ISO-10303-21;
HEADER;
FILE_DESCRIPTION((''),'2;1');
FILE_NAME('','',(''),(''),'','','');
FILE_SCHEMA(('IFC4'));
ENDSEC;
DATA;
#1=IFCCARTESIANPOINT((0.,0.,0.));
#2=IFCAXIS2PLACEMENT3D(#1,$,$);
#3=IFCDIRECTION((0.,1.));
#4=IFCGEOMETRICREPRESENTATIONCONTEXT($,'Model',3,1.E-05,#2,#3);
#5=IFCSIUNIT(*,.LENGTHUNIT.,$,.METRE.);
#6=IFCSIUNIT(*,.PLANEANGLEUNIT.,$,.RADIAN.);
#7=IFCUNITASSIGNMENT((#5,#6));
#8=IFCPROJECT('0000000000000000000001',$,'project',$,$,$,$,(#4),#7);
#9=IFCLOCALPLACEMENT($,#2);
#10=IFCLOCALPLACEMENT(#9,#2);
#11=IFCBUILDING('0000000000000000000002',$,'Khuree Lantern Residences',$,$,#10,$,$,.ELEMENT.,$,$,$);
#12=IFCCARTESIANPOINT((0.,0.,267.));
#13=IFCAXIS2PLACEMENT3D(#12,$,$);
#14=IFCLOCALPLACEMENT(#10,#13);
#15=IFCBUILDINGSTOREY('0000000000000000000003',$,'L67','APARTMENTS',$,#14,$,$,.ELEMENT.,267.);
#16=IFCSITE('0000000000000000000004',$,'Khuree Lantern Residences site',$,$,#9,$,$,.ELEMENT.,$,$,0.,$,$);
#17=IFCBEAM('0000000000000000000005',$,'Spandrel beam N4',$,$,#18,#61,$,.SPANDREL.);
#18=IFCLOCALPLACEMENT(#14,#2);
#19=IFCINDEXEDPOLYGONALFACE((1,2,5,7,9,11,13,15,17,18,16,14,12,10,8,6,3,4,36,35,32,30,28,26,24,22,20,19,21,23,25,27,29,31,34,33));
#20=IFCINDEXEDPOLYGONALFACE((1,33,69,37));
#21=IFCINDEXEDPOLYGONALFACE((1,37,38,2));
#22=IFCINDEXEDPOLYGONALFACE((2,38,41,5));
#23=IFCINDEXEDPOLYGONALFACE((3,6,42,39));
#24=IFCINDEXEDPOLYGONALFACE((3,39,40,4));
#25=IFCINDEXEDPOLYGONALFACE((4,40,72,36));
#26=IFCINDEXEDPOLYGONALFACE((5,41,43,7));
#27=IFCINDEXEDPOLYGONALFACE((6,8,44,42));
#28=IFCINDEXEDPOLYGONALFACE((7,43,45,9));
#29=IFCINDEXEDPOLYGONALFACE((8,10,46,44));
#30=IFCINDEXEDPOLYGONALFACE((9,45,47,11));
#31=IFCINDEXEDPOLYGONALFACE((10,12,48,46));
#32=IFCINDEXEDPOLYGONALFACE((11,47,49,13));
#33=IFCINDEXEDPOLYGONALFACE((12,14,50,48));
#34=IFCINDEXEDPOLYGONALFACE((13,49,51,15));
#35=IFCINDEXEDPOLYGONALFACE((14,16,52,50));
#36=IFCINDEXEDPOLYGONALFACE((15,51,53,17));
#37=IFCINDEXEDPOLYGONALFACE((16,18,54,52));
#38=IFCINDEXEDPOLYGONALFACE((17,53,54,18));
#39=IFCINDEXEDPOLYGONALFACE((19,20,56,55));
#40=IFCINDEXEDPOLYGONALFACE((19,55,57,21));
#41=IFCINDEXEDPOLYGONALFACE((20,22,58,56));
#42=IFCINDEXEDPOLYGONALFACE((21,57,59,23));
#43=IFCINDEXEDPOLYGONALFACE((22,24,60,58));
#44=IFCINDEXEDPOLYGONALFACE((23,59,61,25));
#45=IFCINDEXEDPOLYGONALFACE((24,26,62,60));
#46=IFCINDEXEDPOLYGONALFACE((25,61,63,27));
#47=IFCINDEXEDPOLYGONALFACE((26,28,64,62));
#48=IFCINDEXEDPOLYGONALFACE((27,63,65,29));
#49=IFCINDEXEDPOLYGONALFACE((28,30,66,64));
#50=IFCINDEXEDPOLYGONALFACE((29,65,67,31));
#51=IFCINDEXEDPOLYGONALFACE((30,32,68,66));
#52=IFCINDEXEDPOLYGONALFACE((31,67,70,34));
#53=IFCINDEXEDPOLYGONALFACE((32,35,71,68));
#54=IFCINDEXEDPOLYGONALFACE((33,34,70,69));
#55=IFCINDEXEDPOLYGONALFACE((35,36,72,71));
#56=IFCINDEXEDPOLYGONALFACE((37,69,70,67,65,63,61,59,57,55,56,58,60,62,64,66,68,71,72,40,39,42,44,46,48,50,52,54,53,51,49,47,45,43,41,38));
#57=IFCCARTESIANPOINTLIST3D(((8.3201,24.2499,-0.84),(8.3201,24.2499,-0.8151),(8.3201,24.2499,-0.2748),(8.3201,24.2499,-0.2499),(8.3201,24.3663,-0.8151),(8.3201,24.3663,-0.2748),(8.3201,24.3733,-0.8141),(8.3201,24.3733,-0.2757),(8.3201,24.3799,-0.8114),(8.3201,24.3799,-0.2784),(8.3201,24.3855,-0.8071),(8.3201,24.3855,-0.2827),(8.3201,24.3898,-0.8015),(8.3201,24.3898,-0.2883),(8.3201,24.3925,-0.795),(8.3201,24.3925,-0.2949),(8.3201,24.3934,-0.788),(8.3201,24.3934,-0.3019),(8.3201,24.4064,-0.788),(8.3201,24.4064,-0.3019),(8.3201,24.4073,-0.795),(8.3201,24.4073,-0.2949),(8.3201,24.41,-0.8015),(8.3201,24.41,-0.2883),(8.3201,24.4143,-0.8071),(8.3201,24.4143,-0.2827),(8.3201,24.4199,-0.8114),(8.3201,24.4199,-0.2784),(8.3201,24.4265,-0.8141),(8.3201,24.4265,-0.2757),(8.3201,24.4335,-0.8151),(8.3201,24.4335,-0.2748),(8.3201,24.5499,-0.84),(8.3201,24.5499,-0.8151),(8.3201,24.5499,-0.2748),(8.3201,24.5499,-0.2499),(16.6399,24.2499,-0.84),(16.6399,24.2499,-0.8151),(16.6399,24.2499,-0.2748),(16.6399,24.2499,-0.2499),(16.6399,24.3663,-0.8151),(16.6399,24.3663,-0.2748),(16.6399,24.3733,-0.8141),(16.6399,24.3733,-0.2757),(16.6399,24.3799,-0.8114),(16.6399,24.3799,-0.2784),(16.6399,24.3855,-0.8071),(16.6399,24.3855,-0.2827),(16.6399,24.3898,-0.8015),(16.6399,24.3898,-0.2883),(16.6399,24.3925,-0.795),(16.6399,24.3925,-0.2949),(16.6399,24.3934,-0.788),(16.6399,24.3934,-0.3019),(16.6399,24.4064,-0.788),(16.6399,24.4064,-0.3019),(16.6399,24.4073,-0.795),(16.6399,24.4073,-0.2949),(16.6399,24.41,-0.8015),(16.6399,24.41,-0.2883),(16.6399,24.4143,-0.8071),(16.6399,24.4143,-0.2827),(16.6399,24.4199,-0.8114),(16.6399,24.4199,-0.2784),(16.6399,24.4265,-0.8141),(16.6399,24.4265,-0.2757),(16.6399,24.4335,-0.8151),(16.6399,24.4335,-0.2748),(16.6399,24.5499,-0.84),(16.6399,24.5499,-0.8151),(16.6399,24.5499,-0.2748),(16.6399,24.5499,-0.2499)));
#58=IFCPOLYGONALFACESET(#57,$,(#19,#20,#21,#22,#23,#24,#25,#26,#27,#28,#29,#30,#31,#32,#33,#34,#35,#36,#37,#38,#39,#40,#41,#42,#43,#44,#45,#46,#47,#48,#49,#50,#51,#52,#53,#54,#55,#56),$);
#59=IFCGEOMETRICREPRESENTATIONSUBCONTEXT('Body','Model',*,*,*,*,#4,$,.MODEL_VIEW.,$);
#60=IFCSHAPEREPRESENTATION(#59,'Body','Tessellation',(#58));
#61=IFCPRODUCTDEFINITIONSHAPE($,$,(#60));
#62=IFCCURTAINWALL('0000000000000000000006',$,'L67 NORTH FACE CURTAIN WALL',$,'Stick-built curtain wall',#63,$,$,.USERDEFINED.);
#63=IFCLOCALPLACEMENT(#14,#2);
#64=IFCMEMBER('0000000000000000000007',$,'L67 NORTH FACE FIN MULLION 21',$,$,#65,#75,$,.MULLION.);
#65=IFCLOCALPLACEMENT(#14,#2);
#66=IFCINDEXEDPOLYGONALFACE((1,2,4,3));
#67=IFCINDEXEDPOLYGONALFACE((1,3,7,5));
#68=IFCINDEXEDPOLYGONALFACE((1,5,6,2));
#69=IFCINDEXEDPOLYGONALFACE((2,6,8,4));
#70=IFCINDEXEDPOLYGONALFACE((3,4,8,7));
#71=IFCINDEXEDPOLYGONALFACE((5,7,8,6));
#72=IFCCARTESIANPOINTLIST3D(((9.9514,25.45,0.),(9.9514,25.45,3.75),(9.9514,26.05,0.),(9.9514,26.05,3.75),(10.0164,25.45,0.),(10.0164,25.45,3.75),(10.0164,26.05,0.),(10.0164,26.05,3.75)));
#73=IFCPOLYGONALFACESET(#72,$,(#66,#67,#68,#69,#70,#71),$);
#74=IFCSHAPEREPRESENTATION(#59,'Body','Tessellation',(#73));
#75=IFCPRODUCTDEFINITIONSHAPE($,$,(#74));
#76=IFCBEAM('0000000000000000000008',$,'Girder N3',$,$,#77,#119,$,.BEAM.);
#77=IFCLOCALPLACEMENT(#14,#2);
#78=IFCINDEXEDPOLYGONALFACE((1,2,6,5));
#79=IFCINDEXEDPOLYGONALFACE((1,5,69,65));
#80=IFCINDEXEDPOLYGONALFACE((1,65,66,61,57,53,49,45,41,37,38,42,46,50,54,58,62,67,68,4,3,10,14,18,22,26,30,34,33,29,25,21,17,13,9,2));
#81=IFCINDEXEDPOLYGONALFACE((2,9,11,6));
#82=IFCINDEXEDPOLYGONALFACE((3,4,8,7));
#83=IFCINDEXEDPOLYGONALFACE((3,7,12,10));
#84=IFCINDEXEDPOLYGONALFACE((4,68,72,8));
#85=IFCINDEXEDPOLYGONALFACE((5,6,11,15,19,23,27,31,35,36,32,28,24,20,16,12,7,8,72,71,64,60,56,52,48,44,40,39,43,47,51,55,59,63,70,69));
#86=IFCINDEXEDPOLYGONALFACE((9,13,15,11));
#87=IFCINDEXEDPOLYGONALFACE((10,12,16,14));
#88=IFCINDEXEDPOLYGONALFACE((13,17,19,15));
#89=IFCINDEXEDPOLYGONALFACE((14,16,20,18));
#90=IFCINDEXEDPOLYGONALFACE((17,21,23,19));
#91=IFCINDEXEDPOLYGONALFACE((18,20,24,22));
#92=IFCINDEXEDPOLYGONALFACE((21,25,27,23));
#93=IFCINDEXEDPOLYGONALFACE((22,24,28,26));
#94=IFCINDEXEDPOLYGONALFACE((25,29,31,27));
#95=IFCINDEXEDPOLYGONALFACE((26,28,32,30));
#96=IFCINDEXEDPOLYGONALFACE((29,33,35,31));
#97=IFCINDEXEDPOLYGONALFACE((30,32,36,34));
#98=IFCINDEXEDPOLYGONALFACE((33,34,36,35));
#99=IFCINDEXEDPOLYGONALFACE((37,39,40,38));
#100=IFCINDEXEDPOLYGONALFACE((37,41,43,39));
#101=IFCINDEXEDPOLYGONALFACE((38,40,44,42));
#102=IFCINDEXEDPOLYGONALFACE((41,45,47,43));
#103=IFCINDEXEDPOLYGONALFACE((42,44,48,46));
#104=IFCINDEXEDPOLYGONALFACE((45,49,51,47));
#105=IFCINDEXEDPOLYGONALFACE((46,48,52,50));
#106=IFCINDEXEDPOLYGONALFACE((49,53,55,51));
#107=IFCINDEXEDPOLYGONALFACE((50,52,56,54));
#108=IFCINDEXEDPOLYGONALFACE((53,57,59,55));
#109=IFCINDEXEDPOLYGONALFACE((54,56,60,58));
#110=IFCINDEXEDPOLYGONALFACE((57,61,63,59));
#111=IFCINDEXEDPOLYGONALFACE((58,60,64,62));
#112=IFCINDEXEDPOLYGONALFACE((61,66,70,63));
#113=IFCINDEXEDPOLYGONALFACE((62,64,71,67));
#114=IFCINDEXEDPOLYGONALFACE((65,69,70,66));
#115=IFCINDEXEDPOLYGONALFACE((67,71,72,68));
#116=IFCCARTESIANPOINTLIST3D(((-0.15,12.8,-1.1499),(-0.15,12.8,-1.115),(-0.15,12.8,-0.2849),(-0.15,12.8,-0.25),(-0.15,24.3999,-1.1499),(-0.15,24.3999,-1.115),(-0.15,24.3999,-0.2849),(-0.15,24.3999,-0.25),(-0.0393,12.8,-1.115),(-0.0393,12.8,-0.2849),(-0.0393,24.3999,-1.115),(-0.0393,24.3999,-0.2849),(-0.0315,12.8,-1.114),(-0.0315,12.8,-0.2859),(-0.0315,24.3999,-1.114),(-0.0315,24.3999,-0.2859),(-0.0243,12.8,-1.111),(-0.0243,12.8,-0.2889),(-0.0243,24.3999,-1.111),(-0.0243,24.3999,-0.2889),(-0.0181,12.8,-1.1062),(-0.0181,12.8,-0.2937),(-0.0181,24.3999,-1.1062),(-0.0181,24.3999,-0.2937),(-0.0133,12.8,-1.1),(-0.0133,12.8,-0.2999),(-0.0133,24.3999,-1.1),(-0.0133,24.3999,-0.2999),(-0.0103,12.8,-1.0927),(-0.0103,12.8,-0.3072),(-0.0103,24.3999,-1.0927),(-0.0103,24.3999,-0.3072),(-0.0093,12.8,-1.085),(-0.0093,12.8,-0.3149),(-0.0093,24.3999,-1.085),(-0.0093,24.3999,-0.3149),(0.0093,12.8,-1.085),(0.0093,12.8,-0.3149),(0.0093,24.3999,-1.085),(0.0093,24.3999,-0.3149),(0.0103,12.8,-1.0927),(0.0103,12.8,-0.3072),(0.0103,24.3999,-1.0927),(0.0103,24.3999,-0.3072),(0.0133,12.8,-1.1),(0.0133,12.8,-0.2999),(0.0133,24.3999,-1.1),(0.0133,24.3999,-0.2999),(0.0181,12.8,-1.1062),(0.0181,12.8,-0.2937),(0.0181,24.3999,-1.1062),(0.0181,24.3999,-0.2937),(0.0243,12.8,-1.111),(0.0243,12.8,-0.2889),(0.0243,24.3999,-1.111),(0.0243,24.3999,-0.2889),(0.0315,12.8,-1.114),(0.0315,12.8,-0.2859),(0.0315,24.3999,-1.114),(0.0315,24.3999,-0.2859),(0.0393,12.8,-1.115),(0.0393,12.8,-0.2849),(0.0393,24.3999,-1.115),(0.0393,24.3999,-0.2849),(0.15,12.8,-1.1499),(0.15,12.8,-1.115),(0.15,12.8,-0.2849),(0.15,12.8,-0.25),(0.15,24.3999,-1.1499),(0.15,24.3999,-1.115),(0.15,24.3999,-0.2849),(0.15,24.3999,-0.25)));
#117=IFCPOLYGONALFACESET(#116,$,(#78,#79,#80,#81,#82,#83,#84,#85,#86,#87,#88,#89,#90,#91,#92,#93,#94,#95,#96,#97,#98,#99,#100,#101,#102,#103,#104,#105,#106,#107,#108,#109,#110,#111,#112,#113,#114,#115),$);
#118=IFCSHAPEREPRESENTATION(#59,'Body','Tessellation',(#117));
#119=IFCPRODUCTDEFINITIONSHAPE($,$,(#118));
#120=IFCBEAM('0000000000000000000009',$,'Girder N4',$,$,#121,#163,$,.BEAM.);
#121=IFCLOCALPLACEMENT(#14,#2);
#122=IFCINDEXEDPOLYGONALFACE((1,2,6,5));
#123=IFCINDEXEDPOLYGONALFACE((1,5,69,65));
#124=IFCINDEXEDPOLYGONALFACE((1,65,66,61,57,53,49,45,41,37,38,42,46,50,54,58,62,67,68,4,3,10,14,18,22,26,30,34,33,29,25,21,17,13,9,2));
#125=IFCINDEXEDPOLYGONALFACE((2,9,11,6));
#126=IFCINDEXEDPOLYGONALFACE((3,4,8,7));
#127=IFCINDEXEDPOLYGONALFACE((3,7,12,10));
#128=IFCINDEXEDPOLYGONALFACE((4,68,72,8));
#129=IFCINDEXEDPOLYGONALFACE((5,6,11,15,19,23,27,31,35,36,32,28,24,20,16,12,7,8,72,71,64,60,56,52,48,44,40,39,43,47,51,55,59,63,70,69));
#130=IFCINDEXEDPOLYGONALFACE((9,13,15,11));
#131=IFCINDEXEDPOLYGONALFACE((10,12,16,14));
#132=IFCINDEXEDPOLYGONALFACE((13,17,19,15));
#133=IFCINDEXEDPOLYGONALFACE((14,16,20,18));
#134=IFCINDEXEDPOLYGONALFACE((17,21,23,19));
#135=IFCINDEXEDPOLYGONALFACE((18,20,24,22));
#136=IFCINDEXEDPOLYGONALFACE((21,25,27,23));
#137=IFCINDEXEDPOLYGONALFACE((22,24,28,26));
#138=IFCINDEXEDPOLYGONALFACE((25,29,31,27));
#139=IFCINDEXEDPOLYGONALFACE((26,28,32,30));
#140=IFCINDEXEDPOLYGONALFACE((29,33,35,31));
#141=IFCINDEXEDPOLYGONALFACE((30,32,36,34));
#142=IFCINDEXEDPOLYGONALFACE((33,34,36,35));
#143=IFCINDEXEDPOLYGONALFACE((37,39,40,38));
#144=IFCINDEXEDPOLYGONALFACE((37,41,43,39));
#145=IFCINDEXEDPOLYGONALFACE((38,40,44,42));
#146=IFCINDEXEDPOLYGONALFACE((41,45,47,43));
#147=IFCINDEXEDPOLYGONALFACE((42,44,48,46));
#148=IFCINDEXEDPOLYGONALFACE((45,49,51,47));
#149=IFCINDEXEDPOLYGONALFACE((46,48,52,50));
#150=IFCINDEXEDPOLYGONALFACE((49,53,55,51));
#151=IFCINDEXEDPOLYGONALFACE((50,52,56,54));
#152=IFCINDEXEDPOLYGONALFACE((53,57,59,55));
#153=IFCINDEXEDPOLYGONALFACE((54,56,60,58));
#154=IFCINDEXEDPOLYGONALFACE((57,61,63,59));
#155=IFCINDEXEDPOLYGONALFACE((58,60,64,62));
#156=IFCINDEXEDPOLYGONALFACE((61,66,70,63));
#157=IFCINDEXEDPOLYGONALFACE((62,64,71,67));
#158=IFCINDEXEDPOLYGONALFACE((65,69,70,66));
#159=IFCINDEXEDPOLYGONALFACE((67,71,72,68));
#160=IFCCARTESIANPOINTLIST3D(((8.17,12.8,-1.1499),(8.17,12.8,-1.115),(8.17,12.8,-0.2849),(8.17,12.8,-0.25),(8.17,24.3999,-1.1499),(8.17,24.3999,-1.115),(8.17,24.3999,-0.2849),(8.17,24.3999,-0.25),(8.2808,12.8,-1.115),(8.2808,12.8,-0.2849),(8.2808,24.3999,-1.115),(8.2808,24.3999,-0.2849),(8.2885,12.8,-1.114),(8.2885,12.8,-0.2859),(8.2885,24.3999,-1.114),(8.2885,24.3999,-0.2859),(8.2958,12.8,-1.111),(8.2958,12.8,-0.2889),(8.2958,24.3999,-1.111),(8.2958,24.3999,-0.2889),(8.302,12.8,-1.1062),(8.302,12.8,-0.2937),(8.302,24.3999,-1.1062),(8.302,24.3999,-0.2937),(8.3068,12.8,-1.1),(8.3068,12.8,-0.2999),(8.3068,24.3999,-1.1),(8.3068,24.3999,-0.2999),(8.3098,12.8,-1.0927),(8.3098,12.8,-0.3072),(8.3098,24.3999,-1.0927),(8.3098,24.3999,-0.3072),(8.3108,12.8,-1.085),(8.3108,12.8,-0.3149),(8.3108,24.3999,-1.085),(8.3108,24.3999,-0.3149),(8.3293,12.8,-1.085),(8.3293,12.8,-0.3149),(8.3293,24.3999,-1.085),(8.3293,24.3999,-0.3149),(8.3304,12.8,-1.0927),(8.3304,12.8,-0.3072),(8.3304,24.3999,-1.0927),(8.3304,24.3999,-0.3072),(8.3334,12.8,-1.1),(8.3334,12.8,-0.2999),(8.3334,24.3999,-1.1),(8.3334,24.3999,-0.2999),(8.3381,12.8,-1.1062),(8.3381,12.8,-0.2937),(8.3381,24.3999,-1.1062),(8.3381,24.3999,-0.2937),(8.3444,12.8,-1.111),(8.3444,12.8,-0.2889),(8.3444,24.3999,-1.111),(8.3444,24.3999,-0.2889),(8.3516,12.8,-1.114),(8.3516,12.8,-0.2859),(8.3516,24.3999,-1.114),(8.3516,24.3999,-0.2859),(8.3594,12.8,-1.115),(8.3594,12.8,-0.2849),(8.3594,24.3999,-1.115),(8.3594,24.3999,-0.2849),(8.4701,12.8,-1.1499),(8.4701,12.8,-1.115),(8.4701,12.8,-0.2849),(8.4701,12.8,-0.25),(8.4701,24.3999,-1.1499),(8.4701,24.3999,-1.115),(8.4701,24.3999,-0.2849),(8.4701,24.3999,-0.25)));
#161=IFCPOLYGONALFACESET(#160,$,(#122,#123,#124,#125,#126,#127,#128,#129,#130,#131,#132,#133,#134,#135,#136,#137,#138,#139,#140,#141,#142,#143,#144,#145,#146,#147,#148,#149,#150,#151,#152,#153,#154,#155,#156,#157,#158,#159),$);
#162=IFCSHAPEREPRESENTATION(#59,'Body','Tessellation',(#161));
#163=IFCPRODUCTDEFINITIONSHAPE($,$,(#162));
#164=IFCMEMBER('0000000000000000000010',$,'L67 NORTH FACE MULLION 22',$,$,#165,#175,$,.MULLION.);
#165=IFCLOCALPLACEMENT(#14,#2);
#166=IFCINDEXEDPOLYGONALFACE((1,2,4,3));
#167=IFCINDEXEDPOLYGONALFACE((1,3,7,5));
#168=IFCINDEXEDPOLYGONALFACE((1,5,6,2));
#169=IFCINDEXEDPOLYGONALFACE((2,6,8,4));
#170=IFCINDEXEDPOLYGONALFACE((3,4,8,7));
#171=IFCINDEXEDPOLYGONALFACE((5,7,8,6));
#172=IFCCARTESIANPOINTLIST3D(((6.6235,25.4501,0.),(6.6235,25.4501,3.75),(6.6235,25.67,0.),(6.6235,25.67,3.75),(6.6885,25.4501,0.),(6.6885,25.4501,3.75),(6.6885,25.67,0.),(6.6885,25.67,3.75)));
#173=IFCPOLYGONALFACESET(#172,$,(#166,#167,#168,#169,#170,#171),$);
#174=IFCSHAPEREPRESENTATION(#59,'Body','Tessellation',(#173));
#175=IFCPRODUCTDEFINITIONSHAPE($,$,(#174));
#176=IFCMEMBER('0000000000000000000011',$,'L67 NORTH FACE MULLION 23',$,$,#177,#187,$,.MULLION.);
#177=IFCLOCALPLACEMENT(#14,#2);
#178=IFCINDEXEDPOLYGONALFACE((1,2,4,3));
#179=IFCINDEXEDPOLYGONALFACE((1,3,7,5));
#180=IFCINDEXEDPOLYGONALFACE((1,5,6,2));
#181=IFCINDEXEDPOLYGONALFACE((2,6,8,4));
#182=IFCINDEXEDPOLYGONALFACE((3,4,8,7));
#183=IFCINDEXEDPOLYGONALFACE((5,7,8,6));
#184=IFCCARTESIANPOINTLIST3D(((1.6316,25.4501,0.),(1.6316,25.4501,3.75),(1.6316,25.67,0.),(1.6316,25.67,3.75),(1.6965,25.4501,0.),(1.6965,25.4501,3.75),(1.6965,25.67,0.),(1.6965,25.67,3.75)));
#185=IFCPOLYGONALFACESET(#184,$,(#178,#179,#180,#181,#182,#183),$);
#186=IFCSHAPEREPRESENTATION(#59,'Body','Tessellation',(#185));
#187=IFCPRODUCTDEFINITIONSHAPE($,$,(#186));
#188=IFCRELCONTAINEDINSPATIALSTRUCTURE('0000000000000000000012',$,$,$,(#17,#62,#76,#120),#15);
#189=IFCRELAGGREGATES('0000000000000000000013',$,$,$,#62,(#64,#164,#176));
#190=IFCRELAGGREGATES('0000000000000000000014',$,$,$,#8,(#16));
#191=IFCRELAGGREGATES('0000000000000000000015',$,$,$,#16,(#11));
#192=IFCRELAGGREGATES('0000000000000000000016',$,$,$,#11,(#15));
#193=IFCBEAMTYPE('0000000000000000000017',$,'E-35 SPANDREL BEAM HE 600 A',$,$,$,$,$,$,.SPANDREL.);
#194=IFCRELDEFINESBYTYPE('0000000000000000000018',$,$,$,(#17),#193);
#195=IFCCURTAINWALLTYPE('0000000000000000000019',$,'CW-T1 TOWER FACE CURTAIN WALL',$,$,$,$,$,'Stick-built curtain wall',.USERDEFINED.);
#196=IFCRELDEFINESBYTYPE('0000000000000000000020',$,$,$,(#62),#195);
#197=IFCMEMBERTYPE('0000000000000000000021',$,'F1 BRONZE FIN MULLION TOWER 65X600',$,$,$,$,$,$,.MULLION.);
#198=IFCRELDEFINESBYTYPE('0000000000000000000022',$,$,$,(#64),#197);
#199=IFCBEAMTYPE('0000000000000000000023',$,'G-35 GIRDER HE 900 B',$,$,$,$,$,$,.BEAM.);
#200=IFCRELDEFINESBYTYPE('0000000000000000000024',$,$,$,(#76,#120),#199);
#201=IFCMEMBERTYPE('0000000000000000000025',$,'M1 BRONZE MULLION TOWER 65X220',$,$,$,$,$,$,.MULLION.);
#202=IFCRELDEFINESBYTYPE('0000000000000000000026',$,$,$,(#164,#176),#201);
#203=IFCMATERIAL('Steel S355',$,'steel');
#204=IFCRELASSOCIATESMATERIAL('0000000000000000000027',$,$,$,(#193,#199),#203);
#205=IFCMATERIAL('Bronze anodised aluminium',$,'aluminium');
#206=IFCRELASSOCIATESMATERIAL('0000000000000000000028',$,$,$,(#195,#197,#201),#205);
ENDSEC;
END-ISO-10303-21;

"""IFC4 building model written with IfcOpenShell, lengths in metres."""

from ifc_helpers import new_model, si_unit, direction, frame, origin, origin_2d, place, context, subcontext, project, spatial, rectangle, i_section, extrude, material, material_profile, profile_set, type_object, element, aggregate, save


model = new_model("IFC4")

# Units and contexts
model_context = context("Model", 3, precision=1e-05, world=origin(), true_north=direction((0.0, 1.0)))
body_context = subcontext(model_context, "Body", "Model", "MODEL_VIEW")
ifc_project = project(units=[si_unit("LENGTHUNIT", "METRE"), si_unit("PLANEANGLEUNIT", "RADIAN")], contexts=[model_context])

# Site, building, storey
site_placement = place(None, origin())
site = spatial("IfcSite", under=ifc_project, at=site_placement, Name="Khuree Lantern Residences site", CompositionType="ELEMENT", RefElevation=0.0)
building_placement = place(site_placement, origin())
building = spatial("IfcBuilding", under=site, at=building_placement, Name="Khuree Lantern Residences", CompositionType="ELEMENT")
storey_placement = place(building_placement, frame((0.0, 0.0, 267.0)))
storey = spatial("IfcBuildingStorey", under=building, at=storey_placement, Name="L67", Description="APARTMENTS", CompositionType="ELEMENT", Elevation=267.0)

# Beam
ifc_material_1 = material(Name="Steel S355", Category="steel")
ifc_material_profile_1 = material_profile(ifc_material_1, i_section(OverallWidth=0.3, OverallDepth=0.5901, WebThickness=0.0129, FlangeThickness=0.0249, FilletRadius=0.0271, at=origin_2d()), Name="HE 600 A")
ifc_profile_set_1 = profile_set([ifc_material_profile_1], Name="Steel S355")
beam_type_1 = type_object("IfcBeamType", Name="E-35 SPANDREL BEAM HE 600 A", PredefinedType="SPANDREL", material=ifc_profile_set_1)
beam_1_placement = place(storey_placement, frame((8.3201, 24.3999, -0.5449), z_axis=(1.0, 0.0, 0.0), x_axis=(0.0, 1.0, 0.0)))
element("IfcBeam", 1, at=beam_1_placement, inside=storey, type_object=beam_type_1, Name="Spandrel beam N4", PredefinedType="SPANDREL", context=body_context, shape_type="SweptSolid", body=[
    extrude(i_section(OverallWidth=0.3, OverallDepth=0.5901, WebThickness=0.0129, FlangeThickness=0.0249, FilletRadius=0.0271, at=origin_2d()), origin(), (0.0, 0.0, 1.0), 8.3198),
])

# Curtain wall, member
ifc_material_2 = material(Name="Bronze anodised aluminium", Category="aluminium")
curtain_wall_type = type_object("IfcCurtainWallType", Name="CW-T1 TOWER FACE CURTAIN WALL", ElementType="Stick-built curtain wall", PredefinedType="USERDEFINED", material=ifc_material_2)
curtain_wall_placement = place(storey_placement, origin())
curtain_wall = element("IfcCurtainWall", 2, at=curtain_wall_placement, inside=storey, type_object=curtain_wall_type, Name="L67 NORTH FACE CURTAIN WALL", ObjectType="Stick-built curtain wall", PredefinedType="USERDEFINED")
ifc_material_profile_2 = material_profile(ifc_material_2, rectangle(XDim=0.0649, YDim=0.6001, at=origin_2d()), Name="F1 65X600")
ifc_profile_set_2 = profile_set([ifc_material_profile_2], Name="Bronze anodised aluminium")
member_type_1 = type_object("IfcMemberType", Name="F1 BRONZE FIN MULLION TOWER 65X600", PredefinedType="MULLION", material=ifc_profile_set_2)
member_1_placement = place(storey_placement, frame((9.9839, 25.75, 0.0), z_axis=(0.0, 0.0, 1.0), x_axis=(-1.0, 0.0, 0.0)))
member_1 = element("IfcMember", 3, at=member_1_placement, type_object=member_type_1, Name="L67 NORTH FACE FIN MULLION 21", PredefinedType="MULLION", context=body_context, shape_type="SweptSolid", body=[
    extrude(rectangle(XDim=0.0649, YDim=0.6001, at=origin_2d()), origin(), (0.0, 0.0, 1.0), 3.75),
])

# Beams
ifc_material_profile_3 = material_profile(ifc_material_1, i_section(OverallWidth=0.3, OverallDepth=0.8999, WebThickness=0.0186, FlangeThickness=0.0349, FilletRadius=0.03, at=origin_2d()), Name="HE 900 B")
ifc_profile_set_3 = profile_set([ifc_material_profile_3], Name="Steel S355")
beam_type_2 = type_object("IfcBeamType", Name="G-35 GIRDER HE 900 B", PredefinedType="BEAM", material=ifc_profile_set_3)
for number, where, z_axis, x_axis, name in (
    (4, (0.0, 24.3999, -0.7), (0.0, -1.0, 0.0), (1.0, 0.0, 0.0), "Girder N3"),
    (5, (8.3201, 24.3999, -0.7), (0.0, -1.0, 0.0), (1.0, 0.0, 0.0), "Girder N4"),
):
    element("IfcBeam", number, at=place(storey_placement, frame(where, z_axis=z_axis, x_axis=x_axis)), inside=storey, type_object=beam_type_2, Name=name, PredefinedType="BEAM", context=body_context, shape_type="SweptSolid", body=[
        extrude(i_section(OverallWidth=0.3, OverallDepth=0.8999, WebThickness=0.0186, FlangeThickness=0.0349, FilletRadius=0.03, at=origin_2d()), origin(), (0.0, 0.0, 1.0), 11.5999),
    ])

# Members
ifc_material_profile_4 = material_profile(ifc_material_2, rectangle(XDim=0.0649, YDim=0.22, at=origin_2d()), Name="M1 65X220")
ifc_profile_set_4 = profile_set([ifc_material_profile_4], Name="Bronze anodised aluminium")
member_type_2 = type_object("IfcMemberType", Name="M1 BRONZE MULLION TOWER 65X220", PredefinedType="MULLION", material=ifc_profile_set_4)
member_2_placement = place(storey_placement, frame((6.656, 25.5601, 0.0), z_axis=(0.0, 0.0, 1.0), x_axis=(-1.0, 0.0, 0.0)))
member_2 = element("IfcMember", 6, at=member_2_placement, type_object=member_type_2, Name="L67 NORTH FACE MULLION 22", PredefinedType="MULLION", context=body_context, shape_type="SweptSolid", body=[
    extrude(rectangle(XDim=0.0649, YDim=0.22, at=origin_2d()), origin(), (0.0, 0.0, 1.0), 3.75),
])
member_3_placement = place(storey_placement, frame((1.6641, 25.5601, 0.0), z_axis=(0.0, 0.0, 1.0), x_axis=(-1.0, 0.0, 0.0)))
member_3 = element("IfcMember", 7, at=member_3_placement, type_object=member_type_2, Name="L67 NORTH FACE MULLION 23", PredefinedType="MULLION", context=body_context, shape_type="SweptSolid", body=[
    extrude(rectangle(XDim=0.0649, YDim=0.22, at=origin_2d()), origin(), (0.0, 0.0, 1.0), 3.75),
])

aggregate(curtain_wall, [member_1, member_2, member_3])

save(model, "model.ifc")
